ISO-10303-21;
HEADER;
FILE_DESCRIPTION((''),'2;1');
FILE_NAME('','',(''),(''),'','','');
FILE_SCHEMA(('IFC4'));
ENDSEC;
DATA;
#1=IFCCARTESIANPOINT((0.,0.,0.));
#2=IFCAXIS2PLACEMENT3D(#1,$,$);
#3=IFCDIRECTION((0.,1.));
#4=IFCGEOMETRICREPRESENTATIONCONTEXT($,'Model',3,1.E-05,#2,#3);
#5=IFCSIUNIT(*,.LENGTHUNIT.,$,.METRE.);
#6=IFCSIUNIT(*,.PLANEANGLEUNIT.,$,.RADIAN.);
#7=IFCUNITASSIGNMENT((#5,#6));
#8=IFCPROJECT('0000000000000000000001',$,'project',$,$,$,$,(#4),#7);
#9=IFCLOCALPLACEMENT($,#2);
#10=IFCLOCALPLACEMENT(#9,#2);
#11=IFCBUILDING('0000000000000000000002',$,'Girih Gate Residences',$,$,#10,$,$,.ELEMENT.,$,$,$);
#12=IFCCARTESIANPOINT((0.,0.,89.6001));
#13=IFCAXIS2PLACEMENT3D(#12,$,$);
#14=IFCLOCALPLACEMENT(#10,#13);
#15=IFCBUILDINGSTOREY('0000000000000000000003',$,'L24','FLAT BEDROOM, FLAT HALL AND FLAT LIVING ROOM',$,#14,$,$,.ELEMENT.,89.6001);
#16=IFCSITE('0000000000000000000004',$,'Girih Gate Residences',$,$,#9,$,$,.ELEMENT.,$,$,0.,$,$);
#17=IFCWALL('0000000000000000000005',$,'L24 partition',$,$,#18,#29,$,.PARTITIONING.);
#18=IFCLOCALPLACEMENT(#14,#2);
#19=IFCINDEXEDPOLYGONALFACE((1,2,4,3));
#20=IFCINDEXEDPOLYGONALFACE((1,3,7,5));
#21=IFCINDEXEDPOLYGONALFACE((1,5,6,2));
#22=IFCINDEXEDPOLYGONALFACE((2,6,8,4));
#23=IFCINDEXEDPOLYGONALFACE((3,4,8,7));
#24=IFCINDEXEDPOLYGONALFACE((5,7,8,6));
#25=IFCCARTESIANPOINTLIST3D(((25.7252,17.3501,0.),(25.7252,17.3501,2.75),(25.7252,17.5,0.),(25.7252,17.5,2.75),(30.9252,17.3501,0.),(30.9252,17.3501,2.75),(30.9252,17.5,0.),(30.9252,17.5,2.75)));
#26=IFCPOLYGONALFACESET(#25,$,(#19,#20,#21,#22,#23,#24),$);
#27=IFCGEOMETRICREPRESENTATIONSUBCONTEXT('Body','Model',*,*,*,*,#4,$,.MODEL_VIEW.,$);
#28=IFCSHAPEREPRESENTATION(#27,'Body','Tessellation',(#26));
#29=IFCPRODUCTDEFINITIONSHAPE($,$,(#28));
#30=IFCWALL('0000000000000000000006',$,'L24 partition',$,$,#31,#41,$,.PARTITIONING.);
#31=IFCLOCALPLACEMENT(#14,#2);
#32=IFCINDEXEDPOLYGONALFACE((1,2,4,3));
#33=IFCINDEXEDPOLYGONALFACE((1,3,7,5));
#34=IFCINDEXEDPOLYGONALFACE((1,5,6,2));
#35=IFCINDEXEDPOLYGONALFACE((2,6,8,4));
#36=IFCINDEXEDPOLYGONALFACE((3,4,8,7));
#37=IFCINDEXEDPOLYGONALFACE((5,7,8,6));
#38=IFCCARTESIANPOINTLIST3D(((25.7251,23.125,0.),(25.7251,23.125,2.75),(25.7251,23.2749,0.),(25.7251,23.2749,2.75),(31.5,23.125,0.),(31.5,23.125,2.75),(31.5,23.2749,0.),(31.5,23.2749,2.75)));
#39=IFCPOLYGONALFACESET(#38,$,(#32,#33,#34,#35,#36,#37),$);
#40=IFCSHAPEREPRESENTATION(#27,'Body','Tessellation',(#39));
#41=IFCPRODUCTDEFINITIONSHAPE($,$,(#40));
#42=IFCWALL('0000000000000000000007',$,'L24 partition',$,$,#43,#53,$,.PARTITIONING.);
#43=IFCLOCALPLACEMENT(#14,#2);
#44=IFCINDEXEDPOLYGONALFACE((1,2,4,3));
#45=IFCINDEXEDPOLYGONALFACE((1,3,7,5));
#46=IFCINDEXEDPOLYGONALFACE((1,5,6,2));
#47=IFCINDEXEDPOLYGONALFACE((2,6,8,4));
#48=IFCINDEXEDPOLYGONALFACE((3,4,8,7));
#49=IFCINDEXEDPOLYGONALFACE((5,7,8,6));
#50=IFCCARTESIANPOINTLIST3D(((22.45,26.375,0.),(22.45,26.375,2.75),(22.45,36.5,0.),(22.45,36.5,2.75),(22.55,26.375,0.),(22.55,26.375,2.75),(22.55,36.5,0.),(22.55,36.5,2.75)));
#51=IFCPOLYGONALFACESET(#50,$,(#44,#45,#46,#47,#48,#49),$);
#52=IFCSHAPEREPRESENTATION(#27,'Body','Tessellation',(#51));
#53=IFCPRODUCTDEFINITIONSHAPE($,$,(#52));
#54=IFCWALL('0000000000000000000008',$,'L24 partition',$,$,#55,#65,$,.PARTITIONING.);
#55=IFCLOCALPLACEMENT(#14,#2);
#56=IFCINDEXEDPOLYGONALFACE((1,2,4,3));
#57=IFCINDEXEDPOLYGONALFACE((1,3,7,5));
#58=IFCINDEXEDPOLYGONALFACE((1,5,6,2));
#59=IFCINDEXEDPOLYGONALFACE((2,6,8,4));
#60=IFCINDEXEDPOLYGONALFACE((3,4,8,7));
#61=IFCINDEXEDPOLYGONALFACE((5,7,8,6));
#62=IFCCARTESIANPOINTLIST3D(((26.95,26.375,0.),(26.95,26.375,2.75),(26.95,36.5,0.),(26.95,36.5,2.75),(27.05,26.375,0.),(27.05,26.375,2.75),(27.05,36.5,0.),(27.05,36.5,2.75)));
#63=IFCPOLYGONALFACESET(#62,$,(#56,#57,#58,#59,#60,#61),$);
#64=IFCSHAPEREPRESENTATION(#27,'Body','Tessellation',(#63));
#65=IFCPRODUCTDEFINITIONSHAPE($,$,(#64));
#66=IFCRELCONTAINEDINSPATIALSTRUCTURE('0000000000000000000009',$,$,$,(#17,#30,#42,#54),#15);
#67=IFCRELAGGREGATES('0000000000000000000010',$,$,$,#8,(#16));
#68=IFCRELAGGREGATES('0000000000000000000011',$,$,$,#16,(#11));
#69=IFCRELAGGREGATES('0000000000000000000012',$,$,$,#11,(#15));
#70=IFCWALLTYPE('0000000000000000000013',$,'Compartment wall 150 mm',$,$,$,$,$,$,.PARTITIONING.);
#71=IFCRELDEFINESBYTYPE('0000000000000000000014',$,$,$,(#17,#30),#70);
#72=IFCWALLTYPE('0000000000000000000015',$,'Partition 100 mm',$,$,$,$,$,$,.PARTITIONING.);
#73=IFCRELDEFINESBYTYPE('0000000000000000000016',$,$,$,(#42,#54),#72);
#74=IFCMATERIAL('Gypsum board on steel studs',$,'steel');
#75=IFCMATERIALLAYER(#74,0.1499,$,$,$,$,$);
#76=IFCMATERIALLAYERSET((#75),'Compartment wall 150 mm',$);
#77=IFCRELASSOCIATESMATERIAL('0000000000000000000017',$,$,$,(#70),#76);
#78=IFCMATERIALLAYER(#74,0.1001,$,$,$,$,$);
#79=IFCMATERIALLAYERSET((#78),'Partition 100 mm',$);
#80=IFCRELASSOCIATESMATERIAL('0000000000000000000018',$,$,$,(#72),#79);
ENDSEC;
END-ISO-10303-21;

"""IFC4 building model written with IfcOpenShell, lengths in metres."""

from ifc_helpers import new_model, si_unit, direction, frame, frame_2d, origin, place, context, subcontext, project, spatial, rectangle, extrude, material, layer, layer_set, type_object, element, save


model = new_model("IFC4")

# Units and contexts
model_context = context("Model", 3, precision=1e-05, world=origin(), true_north=direction((0.0, 1.0)))
body_context = subcontext(model_context, "Body", "Model", "MODEL_VIEW")
ifc_project = project(units=[si_unit("LENGTHUNIT", "METRE"), si_unit("PLANEANGLEUNIT", "RADIAN")], contexts=[model_context])

# Site, building, storey
site_placement = place(None, origin())
site = spatial("IfcSite", under=ifc_project, at=site_placement, Name="Girih Gate Residences", CompositionType="ELEMENT", RefElevation=0.0)
building_placement = place(site_placement, origin())
building = spatial("IfcBuilding", under=site, at=building_placement, Name="Girih Gate Residences", CompositionType="ELEMENT")
storey_placement = place(building_placement, frame((0.0, 0.0, 89.6001)))
storey = spatial("IfcBuildingStorey", under=building, at=storey_placement, Name="L24", Description="FLAT BEDROOM, FLAT HALL AND FLAT LIVING ROOM", CompositionType="ELEMENT", Elevation=89.6001)

# Shared definitions
ifc_material_1 = material(Name="Gypsum board on steel studs", Category="steel")
ifc_layer_1 = layer(ifc_material_1, 0.1499)
ifc_layer_set_1 = layer_set([ifc_layer_1], Name="Compartment wall 150 mm")
wall_type_1 = type_object("IfcWallType", Name="Compartment wall 150 mm", PredefinedType="PARTITIONING", material=ifc_layer_set_1)

# Walls
wall_1_placement = place(storey_placement, frame((25.7251, 17.425, 0.0), z_axis=(0.0, 0.0, 1.0), x_axis=(1.0, 0.0, 0.0)))
element("IfcWall", 1, at=wall_1_placement, inside=storey, type_object=wall_type_1, Name="L24 partition", PredefinedType="PARTITIONING", context=body_context, shape_type="SweptSolid", body=[
    extrude(rectangle(XDim=5.2, YDim=0.1499, at=frame_2d((2.6001, 0.0))), origin(), (0.0, 0.0, 1.0), 2.75),
])
wall_2_placement = place(storey_placement, frame((25.7251, 23.2, 0.0), z_axis=(0.0, 0.0, 1.0), x_axis=(1.0, 0.0, 0.0)))
element("IfcWall", 2, at=wall_2_placement, inside=storey, type_object=wall_type_1, Name="L24 partition", PredefinedType="PARTITIONING", context=body_context, shape_type="SweptSolid", body=[
    extrude(rectangle(XDim=5.7749, YDim=0.1499, at=frame_2d((2.8875, 0.0))), origin(), (0.0, 0.0, 1.0), 2.75),
])
ifc_layer_2 = layer(ifc_material_1, 0.1001)
ifc_layer_set_2 = layer_set([ifc_layer_2], Name="Partition 100 mm")
wall_type_2 = type_object("IfcWallType", Name="Partition 100 mm", PredefinedType="PARTITIONING", material=ifc_layer_set_2)
for number, where, z_axis, x_axis, name in (
    (3, (22.5, 26.375, 0.0), (0.0, 0.0, 1.0), (0.0, 1.0, 0.0), "L24 partition"),
    (4, (27.0, 26.375, 0.0), (0.0, 0.0, 1.0), (0.0, 1.0, 0.0), "L24 partition"),
):
    element("IfcWall", number, at=place(storey_placement, frame(where, z_axis=z_axis, x_axis=x_axis)), inside=storey, type_object=wall_type_2, Name=name, PredefinedType="PARTITIONING", context=body_context, shape_type="SweptSolid", body=[
        extrude(rectangle(XDim=10.125, YDim=0.1001, at=frame_2d((5.0625, 0.0))), origin(), (0.0, 0.0, 1.0), 2.75),
    ])

save(model, "model.ifc")
